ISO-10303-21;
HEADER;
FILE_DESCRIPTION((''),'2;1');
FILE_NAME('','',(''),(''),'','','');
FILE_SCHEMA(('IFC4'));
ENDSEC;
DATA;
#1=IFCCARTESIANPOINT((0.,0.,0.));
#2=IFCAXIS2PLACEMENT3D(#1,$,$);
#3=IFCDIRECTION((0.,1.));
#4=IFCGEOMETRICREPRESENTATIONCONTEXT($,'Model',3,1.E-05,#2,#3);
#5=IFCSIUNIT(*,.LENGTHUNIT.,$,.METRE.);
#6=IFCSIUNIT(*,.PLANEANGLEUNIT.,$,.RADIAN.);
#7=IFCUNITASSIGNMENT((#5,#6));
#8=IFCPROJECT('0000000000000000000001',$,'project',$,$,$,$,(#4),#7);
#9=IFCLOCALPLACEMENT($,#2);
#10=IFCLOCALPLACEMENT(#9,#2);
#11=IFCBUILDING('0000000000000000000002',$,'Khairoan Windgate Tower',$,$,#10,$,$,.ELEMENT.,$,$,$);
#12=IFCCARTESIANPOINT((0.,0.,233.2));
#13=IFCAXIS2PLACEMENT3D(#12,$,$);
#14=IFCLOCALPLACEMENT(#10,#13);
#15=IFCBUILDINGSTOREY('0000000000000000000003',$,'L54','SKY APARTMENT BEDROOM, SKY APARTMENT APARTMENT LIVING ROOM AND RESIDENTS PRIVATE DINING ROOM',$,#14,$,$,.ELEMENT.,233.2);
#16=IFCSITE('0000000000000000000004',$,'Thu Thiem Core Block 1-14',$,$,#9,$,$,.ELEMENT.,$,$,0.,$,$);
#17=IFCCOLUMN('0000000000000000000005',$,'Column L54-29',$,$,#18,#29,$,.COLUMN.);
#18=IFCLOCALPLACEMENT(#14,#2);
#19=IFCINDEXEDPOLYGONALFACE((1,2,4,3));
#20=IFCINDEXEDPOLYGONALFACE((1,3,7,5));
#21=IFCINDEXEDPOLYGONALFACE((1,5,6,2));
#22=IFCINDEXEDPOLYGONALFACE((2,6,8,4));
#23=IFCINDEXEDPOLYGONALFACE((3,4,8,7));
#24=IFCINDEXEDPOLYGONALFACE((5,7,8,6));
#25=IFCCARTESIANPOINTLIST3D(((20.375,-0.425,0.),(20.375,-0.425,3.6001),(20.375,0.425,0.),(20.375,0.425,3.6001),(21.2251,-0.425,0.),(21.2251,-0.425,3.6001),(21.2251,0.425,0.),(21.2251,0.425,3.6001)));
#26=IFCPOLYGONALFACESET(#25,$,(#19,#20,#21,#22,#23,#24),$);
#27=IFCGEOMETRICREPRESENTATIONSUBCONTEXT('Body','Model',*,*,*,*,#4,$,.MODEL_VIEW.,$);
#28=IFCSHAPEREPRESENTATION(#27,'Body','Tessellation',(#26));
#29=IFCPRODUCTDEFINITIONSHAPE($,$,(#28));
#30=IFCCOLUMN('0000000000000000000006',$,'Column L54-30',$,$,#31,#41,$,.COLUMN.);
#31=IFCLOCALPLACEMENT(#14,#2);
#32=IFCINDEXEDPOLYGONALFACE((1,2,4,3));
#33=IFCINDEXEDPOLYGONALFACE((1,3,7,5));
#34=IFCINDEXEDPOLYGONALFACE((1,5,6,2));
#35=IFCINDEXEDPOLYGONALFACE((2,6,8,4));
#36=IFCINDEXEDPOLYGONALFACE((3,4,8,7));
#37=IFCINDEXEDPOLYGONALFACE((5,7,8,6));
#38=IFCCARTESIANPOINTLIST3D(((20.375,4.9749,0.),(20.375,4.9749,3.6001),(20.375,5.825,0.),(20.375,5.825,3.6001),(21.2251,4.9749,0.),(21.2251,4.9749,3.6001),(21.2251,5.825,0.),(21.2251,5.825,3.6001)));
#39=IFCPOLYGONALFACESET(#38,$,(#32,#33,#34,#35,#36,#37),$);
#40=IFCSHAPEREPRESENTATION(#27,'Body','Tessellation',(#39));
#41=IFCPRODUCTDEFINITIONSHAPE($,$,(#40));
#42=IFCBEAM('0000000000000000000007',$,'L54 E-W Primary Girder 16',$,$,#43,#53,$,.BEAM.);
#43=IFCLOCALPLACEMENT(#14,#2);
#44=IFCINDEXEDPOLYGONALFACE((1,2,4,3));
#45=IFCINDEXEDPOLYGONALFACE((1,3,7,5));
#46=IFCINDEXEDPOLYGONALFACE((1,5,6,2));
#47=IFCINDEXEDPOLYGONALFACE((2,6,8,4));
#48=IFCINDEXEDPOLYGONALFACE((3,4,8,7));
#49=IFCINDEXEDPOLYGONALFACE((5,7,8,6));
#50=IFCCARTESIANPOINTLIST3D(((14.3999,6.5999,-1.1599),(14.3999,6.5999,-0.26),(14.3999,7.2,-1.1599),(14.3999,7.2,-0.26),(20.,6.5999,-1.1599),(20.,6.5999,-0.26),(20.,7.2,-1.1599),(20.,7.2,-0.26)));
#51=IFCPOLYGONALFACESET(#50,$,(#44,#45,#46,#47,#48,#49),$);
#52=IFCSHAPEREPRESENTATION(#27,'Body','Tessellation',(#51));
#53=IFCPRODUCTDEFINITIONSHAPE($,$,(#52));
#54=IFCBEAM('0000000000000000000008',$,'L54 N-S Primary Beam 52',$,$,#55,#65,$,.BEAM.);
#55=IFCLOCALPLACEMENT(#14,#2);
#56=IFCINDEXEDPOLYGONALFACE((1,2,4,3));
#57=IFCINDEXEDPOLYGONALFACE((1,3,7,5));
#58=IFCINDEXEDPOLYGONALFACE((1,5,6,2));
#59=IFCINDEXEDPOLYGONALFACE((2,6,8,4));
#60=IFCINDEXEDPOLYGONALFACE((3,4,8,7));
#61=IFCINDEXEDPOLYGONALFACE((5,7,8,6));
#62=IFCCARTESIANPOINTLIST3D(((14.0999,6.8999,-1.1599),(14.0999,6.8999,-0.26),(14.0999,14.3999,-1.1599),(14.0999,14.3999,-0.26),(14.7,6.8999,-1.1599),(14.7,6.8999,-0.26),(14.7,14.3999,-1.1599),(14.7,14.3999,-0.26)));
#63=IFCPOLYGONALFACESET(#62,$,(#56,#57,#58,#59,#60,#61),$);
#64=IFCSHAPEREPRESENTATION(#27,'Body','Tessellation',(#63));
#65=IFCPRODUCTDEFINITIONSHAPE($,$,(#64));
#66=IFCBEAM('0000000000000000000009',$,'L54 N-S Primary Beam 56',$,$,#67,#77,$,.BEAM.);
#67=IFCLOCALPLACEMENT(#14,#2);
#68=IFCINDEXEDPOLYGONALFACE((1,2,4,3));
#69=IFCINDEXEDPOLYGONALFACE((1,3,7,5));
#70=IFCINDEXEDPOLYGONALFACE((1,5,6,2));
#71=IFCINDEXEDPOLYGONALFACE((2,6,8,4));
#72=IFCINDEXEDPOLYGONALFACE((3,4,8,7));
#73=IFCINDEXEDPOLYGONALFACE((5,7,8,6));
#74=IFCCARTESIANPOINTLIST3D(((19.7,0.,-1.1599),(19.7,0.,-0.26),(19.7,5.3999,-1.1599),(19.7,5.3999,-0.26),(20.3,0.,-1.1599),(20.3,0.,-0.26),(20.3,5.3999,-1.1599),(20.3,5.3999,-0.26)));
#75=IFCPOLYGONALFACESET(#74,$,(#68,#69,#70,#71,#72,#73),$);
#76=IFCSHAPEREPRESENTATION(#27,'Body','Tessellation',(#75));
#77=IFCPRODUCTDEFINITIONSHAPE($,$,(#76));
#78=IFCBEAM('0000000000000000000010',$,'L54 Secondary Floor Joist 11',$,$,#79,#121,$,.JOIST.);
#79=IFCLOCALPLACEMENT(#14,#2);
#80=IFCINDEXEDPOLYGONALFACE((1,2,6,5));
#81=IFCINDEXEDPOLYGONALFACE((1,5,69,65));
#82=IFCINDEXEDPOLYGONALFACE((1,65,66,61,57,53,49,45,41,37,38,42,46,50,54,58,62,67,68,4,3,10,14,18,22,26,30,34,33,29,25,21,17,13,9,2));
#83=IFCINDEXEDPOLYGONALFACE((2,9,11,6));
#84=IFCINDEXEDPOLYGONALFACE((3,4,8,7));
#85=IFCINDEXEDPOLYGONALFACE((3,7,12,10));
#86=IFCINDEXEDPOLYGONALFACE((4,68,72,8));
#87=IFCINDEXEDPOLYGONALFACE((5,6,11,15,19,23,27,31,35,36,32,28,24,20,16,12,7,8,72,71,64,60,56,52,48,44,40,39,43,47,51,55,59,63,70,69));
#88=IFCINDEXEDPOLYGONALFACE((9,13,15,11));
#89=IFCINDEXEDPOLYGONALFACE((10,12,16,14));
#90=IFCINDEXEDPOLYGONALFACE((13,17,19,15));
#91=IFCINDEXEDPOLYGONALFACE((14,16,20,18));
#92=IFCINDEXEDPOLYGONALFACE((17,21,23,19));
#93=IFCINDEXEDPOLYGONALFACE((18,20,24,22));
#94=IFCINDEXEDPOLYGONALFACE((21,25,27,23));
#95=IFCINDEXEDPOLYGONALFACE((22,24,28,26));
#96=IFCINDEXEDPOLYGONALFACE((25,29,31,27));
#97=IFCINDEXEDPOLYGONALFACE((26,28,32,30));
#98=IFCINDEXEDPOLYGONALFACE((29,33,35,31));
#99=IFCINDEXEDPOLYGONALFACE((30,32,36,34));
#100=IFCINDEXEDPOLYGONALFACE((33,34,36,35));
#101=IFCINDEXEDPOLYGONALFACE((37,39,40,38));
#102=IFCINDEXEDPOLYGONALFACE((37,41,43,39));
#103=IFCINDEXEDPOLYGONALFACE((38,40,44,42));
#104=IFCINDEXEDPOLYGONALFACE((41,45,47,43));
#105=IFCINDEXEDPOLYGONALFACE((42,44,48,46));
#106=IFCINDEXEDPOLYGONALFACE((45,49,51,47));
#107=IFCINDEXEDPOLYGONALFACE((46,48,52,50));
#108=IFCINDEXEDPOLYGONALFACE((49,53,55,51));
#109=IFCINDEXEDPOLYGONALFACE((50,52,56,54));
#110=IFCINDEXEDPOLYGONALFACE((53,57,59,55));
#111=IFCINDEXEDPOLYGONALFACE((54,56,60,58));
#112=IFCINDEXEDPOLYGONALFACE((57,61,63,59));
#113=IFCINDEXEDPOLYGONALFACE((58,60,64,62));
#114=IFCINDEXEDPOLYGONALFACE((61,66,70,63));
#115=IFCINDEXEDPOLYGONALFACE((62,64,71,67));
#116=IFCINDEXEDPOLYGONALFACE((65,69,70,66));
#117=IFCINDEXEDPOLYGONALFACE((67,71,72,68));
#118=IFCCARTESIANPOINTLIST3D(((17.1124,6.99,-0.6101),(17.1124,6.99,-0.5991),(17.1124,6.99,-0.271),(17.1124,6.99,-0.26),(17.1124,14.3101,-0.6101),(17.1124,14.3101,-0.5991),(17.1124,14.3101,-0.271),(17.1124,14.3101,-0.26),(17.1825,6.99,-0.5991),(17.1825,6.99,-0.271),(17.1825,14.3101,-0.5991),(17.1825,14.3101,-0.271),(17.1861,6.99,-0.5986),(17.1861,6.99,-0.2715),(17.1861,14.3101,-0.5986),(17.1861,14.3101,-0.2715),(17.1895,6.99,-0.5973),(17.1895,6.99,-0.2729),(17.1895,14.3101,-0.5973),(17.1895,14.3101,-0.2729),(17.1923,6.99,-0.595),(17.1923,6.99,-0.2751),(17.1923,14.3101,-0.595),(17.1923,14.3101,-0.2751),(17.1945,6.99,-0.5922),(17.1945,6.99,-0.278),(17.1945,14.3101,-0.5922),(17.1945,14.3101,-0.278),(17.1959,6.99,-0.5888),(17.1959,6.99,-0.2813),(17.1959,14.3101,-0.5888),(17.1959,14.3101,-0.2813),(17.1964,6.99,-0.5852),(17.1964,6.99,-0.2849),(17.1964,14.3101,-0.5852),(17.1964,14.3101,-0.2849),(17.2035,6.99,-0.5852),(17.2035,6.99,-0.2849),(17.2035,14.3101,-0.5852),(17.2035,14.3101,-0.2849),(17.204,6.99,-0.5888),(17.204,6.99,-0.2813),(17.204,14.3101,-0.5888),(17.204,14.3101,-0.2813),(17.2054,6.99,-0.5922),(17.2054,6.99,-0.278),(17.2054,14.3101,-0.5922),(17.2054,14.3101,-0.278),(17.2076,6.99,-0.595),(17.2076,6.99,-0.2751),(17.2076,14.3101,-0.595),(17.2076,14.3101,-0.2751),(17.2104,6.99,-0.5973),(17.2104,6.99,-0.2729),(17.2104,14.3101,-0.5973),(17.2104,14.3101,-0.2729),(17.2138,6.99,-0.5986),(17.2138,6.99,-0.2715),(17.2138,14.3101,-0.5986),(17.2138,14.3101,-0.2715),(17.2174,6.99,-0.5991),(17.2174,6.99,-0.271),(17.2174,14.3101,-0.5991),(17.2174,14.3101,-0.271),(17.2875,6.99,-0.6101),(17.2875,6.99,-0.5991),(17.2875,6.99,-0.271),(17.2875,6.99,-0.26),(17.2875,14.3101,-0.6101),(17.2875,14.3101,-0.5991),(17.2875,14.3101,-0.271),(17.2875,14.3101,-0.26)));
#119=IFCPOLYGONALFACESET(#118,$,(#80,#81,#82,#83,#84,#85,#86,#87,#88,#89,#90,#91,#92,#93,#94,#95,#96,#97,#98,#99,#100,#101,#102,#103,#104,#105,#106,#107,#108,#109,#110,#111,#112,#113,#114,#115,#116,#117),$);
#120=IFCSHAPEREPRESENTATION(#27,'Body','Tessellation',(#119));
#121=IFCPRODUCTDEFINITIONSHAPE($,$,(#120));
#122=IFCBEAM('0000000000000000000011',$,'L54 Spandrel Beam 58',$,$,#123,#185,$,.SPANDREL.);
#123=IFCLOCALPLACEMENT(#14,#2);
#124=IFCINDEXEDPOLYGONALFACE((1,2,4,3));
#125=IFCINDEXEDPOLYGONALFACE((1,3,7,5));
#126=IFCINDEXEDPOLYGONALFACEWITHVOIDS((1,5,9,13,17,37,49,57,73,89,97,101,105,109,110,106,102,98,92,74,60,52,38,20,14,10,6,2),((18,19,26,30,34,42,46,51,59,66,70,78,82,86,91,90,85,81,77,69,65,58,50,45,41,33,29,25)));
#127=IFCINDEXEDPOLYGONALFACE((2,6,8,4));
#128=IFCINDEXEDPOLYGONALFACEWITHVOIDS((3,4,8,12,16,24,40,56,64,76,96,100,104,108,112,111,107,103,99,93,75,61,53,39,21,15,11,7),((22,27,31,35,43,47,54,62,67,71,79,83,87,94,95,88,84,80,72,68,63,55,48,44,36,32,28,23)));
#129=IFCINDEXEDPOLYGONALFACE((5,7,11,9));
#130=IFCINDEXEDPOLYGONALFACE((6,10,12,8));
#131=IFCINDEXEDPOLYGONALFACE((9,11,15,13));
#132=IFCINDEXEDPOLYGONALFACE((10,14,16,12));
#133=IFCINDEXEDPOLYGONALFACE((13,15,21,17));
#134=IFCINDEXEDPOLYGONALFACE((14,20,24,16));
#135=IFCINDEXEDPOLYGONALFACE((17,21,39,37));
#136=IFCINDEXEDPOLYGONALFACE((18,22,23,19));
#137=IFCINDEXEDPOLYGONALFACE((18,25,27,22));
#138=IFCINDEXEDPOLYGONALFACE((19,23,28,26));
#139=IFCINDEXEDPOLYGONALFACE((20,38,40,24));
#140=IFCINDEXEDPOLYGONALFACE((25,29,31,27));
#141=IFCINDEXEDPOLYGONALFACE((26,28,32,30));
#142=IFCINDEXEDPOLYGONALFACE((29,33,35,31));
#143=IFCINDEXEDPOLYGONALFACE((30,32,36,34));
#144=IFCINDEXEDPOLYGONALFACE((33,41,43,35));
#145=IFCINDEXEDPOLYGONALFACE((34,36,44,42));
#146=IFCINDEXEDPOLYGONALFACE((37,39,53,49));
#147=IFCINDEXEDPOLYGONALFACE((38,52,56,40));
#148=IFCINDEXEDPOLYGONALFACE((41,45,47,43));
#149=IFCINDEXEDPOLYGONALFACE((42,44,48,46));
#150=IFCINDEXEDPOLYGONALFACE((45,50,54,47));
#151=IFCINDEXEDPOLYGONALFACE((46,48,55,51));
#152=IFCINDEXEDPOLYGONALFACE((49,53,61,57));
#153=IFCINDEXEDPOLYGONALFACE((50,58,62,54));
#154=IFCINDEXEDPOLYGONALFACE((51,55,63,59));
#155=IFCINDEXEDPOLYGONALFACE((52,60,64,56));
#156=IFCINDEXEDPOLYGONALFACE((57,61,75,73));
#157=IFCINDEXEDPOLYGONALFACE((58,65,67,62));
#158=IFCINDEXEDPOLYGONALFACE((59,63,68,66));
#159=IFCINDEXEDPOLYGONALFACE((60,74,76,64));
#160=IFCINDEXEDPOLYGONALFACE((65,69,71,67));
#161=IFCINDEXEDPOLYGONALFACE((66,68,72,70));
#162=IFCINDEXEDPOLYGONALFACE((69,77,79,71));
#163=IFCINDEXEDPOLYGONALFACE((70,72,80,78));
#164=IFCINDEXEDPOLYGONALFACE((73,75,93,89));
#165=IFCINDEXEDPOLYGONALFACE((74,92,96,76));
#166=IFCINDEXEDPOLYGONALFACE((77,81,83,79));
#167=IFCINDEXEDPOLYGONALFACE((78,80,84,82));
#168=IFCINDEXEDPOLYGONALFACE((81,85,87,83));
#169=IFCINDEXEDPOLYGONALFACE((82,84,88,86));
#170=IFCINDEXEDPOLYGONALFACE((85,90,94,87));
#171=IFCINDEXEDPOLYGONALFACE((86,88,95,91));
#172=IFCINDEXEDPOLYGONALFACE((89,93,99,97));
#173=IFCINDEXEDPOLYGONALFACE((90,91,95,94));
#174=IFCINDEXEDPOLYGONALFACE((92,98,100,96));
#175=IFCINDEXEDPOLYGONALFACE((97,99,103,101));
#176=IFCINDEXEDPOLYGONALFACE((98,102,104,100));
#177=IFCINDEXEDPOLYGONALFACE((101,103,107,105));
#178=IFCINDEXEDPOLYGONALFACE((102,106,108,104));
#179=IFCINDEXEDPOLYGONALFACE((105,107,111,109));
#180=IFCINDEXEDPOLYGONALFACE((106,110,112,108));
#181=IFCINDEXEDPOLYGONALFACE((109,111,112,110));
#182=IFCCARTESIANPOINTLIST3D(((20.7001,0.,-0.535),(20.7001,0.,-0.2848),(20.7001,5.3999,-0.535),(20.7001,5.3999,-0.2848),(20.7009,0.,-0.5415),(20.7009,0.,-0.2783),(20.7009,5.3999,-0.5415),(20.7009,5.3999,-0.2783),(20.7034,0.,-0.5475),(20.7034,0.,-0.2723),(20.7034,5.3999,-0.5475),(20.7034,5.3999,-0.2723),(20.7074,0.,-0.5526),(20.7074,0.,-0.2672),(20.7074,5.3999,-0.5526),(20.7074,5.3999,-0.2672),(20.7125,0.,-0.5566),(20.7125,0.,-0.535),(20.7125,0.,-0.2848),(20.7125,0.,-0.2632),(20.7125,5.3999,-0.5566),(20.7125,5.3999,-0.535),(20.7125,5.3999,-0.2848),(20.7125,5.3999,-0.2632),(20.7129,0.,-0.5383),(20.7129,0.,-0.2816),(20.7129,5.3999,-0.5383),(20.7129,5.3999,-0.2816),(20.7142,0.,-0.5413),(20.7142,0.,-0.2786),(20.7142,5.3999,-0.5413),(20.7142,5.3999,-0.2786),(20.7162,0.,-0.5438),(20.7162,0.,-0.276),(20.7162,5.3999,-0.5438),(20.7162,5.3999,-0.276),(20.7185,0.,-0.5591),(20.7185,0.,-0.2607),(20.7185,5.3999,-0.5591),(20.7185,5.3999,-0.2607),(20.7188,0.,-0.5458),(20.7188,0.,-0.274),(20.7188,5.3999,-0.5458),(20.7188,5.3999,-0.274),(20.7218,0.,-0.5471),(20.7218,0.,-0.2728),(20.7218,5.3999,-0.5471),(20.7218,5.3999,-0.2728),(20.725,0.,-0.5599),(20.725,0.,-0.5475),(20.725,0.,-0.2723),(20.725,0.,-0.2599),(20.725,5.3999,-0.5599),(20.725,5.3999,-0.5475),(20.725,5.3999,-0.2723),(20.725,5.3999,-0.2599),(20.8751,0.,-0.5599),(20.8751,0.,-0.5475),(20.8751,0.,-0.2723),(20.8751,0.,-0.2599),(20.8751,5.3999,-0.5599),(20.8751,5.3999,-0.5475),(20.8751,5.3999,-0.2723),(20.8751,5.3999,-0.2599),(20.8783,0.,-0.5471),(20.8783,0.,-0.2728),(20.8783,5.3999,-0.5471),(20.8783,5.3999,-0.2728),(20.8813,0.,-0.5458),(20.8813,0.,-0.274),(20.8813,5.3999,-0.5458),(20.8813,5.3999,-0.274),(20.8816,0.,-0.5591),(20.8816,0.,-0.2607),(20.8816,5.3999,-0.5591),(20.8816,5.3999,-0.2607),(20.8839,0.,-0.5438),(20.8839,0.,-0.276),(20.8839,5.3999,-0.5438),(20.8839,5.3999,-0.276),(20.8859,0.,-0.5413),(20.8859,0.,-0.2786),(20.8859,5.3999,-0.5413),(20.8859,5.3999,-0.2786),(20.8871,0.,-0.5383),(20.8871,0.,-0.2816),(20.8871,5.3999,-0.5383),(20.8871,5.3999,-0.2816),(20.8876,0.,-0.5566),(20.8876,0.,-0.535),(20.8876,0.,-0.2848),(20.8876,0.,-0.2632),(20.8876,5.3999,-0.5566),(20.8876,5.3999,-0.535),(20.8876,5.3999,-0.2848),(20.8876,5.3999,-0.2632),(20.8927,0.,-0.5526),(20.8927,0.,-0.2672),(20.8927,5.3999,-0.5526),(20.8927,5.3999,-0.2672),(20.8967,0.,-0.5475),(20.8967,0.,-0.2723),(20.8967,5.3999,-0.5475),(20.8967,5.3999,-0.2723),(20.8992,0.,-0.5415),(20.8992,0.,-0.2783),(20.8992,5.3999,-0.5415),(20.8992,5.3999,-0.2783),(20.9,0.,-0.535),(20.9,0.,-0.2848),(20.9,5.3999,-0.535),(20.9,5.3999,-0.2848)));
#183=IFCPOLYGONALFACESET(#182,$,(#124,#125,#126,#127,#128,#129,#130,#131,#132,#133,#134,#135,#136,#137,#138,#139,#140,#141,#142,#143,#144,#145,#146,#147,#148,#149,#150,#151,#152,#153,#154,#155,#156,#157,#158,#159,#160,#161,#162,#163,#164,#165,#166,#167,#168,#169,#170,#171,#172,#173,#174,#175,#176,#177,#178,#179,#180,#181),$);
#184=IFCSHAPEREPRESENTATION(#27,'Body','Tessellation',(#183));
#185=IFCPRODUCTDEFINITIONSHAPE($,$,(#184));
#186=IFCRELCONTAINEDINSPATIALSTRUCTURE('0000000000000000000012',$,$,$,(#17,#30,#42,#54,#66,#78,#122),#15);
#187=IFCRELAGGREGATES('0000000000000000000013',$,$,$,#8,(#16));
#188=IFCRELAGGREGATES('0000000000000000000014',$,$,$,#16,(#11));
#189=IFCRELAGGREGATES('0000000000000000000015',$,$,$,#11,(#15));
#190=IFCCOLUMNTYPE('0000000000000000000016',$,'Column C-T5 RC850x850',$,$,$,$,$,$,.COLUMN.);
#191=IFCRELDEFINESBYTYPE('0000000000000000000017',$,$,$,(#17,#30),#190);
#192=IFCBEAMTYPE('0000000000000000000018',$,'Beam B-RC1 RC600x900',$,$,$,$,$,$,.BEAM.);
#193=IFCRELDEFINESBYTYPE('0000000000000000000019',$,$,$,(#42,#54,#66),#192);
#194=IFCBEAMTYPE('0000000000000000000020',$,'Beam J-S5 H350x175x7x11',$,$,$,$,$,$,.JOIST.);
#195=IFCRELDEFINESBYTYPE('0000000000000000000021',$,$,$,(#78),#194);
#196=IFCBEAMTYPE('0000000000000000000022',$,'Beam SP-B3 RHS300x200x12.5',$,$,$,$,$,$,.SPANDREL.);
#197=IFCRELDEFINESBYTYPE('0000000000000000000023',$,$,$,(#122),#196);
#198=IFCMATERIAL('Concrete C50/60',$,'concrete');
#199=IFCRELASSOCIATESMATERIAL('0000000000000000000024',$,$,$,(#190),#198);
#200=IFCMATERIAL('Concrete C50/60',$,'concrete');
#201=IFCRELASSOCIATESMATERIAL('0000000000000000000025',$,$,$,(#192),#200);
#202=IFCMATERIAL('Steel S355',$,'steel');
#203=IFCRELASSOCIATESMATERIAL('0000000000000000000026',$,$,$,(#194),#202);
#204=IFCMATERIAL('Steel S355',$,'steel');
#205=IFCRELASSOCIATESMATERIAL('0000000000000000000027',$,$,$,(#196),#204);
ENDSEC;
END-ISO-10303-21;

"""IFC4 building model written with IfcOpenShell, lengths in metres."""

from ifc_helpers import new_model, si_unit, direction, frame, origin, origin_2d, place, context, subcontext, project, spatial, rectangle, hollow_rectangle, i_section, extrude, material, material_profile, profile_set, type_object, element, save


model = new_model("IFC4")

# Units and contexts
model_context = context("Model", 3, precision=1e-05, world=origin(), true_north=direction((0.0, 1.0)))
body_context = subcontext(model_context, "Body", "Model", "MODEL_VIEW")
ifc_project = project(units=[si_unit("LENGTHUNIT", "METRE"), si_unit("PLANEANGLEUNIT", "RADIAN")], contexts=[model_context])

# Site, building, storey
site_placement = place(None, origin())
site = spatial("IfcSite", under=ifc_project, at=site_placement, Name="Thu Thiem Core Block 1-14", CompositionType="ELEMENT", RefElevation=0.0)
building_placement = place(site_placement, origin())
building = spatial("IfcBuilding", under=site, at=building_placement, Name="Khairoan Windgate Tower", CompositionType="ELEMENT")
storey_placement = place(building_placement, frame((0.0, 0.0, 233.2)))
storey = spatial("IfcBuildingStorey", under=building, at=storey_placement, Name="L54", Description="SKY APARTMENT BEDROOM, SKY APARTMENT APARTMENT LIVING ROOM AND RESIDENTS PRIVATE DINING ROOM", CompositionType="ELEMENT", Elevation=233.2)

# Columns
ifc_material_1 = material(Name="Concrete C50/60", Category="concrete")
ifc_material_profile_1 = material_profile(ifc_material_1, rectangle(XDim=0.8501, YDim=0.8501, at=origin_2d()))
ifc_profile_set_1 = profile_set([ifc_material_profile_1], Name="Concrete C50/60")
column_type = type_object("IfcColumnType", Name="Column C-T5 RC850x850", PredefinedType="COLUMN", material=ifc_profile_set_1)
for number, where, z_axis, x_axis, name in (
    (1, (20.8, 0.0, 0.0), (0.0, 0.0, 1.0), (1.0, 0.0, 0.0), "Column L54-29"),
    (2, (20.8, 5.3999, 0.0), (0.0, 0.0, 1.0), (1.0, 0.0, 0.0), "Column L54-30"),
):
    element("IfcColumn", number, at=place(storey_placement, frame(where, z_axis=z_axis, x_axis=x_axis)), inside=storey, type_object=column_type, Name=name, PredefinedType="COLUMN", context=body_context, shape_type="SweptSolid", body=[
        extrude(rectangle(XDim=0.8501, YDim=0.8501, at=origin_2d()), origin(), (0.0, 0.0, 1.0), 3.6001),
    ])

# Beams
ifc_material_2 = material(Name="Concrete C50/60", Category="concrete")
ifc_material_profile_2 = material_profile(ifc_material_2, rectangle(XDim=0.6001, YDim=0.8999, at=origin_2d()))
ifc_profile_set_2 = profile_set([ifc_material_profile_2], Name="Concrete C50/60")
beam_type_1 = type_object("IfcBeamType", Name="Beam B-RC1 RC600x900", PredefinedType="BEAM", material=ifc_profile_set_2)
beam_1_placement = place(storey_placement, frame((14.3999, 6.8999, -0.71), z_axis=(1.0, 0.0, 0.0), x_axis=(0.0, 1.0, 0.0)))
element("IfcBeam", 3, at=beam_1_placement, inside=storey, type_object=beam_type_1, Name="L54 E-W Primary Girder 16", PredefinedType="BEAM", context=body_context, shape_type="SweptSolid", body=[
    extrude(rectangle(XDim=0.6001, YDim=0.8999, at=origin_2d()), origin(), (0.0, 0.0, 1.0), 5.6001),
])
beam_2_placement = place(storey_placement, frame((14.3999, 6.8999, -0.71), z_axis=(0.0, 1.0, 0.0), x_axis=(-1.0, 0.0, 0.0)))
element("IfcBeam", 4, at=beam_2_placement, inside=storey, type_object=beam_type_1, Name="L54 N-S Primary Beam 52", PredefinedType="BEAM", context=body_context, shape_type="SweptSolid", body=[
    extrude(rectangle(XDim=0.6001, YDim=0.8999, at=origin_2d()), origin(), (0.0, 0.0, 1.0), 7.5),
])
beam_3_placement = place(storey_placement, frame((20.0, 0.0, -0.71), z_axis=(0.0, 1.0, 0.0), x_axis=(-1.0, 0.0, 0.0)))
element("IfcBeam", 5, at=beam_3_placement, inside=storey, type_object=beam_type_1, Name="L54 N-S Primary Beam 56", PredefinedType="BEAM", context=body_context, shape_type="SweptSolid", body=[
    extrude(rectangle(XDim=0.6001, YDim=0.8999, at=origin_2d()), origin(), (0.0, 0.0, 1.0), 5.3999),
])
ifc_material_3 = material(Name="Steel S355", Category="steel")
ifc_material_profile_3 = material_profile(ifc_material_3, i_section(OverallWidth=0.175, OverallDepth=0.3501, WebThickness=0.0071, FlangeThickness=0.011, FilletRadius=0.0139, at=origin_2d()))
ifc_profile_set_3 = profile_set([ifc_material_profile_3], Name="Steel S355")
beam_type_2 = type_object("IfcBeamType", Name="Beam J-S5 H350x175x7x11", PredefinedType="JOIST", material=ifc_profile_set_3)
beam_4_placement = place(storey_placement, frame((17.2, 6.99, -0.4351), z_axis=(0.0, 1.0, 0.0), x_axis=(-1.0, 0.0, 0.0)))
element("IfcBeam", 6, at=beam_4_placement, inside=storey, type_object=beam_type_2, Name="L54 Secondary Floor Joist 11", PredefinedType="JOIST", context=body_context, shape_type="SweptSolid", body=[
    extrude(i_section(OverallWidth=0.175, OverallDepth=0.3501, WebThickness=0.0071, FlangeThickness=0.011, FilletRadius=0.0139, at=origin_2d()), origin(), (0.0, 0.0, 1.0), 7.3201),
])
ifc_material_4 = material(Name="Steel S355", Category="steel")
ifc_material_profile_4 = material_profile(ifc_material_4, hollow_rectangle(XDim=0.2, YDim=0.3, WallThickness=0.0125, InnerFilletRadius=0.0125, OuterFilletRadius=0.0249, at=origin_2d()))
ifc_profile_set_4 = profile_set([ifc_material_profile_4], Name="Steel S355")
beam_type_3 = type_object("IfcBeamType", Name="Beam SP-B3 RHS300x200x12.5", PredefinedType="SPANDREL", material=ifc_profile_set_4)
beam_5_placement = place(storey_placement, frame((20.8, 0.0, -0.4099), z_axis=(0.0, 1.0, 0.0), x_axis=(-1.0, 0.0, 0.0)))
element("IfcBeam", 7, at=beam_5_placement, inside=storey, type_object=beam_type_3, Name="L54 Spandrel Beam 58", PredefinedType="SPANDREL", context=body_context, shape_type="SweptSolid", body=[
    extrude(hollow_rectangle(XDim=0.2, YDim=0.3, WallThickness=0.0125, InnerFilletRadius=0.0125, OuterFilletRadius=0.0249, at=origin_2d()), origin(), (0.0, 0.0, 1.0), 5.3999),
])

save(model, "model.ifc")
